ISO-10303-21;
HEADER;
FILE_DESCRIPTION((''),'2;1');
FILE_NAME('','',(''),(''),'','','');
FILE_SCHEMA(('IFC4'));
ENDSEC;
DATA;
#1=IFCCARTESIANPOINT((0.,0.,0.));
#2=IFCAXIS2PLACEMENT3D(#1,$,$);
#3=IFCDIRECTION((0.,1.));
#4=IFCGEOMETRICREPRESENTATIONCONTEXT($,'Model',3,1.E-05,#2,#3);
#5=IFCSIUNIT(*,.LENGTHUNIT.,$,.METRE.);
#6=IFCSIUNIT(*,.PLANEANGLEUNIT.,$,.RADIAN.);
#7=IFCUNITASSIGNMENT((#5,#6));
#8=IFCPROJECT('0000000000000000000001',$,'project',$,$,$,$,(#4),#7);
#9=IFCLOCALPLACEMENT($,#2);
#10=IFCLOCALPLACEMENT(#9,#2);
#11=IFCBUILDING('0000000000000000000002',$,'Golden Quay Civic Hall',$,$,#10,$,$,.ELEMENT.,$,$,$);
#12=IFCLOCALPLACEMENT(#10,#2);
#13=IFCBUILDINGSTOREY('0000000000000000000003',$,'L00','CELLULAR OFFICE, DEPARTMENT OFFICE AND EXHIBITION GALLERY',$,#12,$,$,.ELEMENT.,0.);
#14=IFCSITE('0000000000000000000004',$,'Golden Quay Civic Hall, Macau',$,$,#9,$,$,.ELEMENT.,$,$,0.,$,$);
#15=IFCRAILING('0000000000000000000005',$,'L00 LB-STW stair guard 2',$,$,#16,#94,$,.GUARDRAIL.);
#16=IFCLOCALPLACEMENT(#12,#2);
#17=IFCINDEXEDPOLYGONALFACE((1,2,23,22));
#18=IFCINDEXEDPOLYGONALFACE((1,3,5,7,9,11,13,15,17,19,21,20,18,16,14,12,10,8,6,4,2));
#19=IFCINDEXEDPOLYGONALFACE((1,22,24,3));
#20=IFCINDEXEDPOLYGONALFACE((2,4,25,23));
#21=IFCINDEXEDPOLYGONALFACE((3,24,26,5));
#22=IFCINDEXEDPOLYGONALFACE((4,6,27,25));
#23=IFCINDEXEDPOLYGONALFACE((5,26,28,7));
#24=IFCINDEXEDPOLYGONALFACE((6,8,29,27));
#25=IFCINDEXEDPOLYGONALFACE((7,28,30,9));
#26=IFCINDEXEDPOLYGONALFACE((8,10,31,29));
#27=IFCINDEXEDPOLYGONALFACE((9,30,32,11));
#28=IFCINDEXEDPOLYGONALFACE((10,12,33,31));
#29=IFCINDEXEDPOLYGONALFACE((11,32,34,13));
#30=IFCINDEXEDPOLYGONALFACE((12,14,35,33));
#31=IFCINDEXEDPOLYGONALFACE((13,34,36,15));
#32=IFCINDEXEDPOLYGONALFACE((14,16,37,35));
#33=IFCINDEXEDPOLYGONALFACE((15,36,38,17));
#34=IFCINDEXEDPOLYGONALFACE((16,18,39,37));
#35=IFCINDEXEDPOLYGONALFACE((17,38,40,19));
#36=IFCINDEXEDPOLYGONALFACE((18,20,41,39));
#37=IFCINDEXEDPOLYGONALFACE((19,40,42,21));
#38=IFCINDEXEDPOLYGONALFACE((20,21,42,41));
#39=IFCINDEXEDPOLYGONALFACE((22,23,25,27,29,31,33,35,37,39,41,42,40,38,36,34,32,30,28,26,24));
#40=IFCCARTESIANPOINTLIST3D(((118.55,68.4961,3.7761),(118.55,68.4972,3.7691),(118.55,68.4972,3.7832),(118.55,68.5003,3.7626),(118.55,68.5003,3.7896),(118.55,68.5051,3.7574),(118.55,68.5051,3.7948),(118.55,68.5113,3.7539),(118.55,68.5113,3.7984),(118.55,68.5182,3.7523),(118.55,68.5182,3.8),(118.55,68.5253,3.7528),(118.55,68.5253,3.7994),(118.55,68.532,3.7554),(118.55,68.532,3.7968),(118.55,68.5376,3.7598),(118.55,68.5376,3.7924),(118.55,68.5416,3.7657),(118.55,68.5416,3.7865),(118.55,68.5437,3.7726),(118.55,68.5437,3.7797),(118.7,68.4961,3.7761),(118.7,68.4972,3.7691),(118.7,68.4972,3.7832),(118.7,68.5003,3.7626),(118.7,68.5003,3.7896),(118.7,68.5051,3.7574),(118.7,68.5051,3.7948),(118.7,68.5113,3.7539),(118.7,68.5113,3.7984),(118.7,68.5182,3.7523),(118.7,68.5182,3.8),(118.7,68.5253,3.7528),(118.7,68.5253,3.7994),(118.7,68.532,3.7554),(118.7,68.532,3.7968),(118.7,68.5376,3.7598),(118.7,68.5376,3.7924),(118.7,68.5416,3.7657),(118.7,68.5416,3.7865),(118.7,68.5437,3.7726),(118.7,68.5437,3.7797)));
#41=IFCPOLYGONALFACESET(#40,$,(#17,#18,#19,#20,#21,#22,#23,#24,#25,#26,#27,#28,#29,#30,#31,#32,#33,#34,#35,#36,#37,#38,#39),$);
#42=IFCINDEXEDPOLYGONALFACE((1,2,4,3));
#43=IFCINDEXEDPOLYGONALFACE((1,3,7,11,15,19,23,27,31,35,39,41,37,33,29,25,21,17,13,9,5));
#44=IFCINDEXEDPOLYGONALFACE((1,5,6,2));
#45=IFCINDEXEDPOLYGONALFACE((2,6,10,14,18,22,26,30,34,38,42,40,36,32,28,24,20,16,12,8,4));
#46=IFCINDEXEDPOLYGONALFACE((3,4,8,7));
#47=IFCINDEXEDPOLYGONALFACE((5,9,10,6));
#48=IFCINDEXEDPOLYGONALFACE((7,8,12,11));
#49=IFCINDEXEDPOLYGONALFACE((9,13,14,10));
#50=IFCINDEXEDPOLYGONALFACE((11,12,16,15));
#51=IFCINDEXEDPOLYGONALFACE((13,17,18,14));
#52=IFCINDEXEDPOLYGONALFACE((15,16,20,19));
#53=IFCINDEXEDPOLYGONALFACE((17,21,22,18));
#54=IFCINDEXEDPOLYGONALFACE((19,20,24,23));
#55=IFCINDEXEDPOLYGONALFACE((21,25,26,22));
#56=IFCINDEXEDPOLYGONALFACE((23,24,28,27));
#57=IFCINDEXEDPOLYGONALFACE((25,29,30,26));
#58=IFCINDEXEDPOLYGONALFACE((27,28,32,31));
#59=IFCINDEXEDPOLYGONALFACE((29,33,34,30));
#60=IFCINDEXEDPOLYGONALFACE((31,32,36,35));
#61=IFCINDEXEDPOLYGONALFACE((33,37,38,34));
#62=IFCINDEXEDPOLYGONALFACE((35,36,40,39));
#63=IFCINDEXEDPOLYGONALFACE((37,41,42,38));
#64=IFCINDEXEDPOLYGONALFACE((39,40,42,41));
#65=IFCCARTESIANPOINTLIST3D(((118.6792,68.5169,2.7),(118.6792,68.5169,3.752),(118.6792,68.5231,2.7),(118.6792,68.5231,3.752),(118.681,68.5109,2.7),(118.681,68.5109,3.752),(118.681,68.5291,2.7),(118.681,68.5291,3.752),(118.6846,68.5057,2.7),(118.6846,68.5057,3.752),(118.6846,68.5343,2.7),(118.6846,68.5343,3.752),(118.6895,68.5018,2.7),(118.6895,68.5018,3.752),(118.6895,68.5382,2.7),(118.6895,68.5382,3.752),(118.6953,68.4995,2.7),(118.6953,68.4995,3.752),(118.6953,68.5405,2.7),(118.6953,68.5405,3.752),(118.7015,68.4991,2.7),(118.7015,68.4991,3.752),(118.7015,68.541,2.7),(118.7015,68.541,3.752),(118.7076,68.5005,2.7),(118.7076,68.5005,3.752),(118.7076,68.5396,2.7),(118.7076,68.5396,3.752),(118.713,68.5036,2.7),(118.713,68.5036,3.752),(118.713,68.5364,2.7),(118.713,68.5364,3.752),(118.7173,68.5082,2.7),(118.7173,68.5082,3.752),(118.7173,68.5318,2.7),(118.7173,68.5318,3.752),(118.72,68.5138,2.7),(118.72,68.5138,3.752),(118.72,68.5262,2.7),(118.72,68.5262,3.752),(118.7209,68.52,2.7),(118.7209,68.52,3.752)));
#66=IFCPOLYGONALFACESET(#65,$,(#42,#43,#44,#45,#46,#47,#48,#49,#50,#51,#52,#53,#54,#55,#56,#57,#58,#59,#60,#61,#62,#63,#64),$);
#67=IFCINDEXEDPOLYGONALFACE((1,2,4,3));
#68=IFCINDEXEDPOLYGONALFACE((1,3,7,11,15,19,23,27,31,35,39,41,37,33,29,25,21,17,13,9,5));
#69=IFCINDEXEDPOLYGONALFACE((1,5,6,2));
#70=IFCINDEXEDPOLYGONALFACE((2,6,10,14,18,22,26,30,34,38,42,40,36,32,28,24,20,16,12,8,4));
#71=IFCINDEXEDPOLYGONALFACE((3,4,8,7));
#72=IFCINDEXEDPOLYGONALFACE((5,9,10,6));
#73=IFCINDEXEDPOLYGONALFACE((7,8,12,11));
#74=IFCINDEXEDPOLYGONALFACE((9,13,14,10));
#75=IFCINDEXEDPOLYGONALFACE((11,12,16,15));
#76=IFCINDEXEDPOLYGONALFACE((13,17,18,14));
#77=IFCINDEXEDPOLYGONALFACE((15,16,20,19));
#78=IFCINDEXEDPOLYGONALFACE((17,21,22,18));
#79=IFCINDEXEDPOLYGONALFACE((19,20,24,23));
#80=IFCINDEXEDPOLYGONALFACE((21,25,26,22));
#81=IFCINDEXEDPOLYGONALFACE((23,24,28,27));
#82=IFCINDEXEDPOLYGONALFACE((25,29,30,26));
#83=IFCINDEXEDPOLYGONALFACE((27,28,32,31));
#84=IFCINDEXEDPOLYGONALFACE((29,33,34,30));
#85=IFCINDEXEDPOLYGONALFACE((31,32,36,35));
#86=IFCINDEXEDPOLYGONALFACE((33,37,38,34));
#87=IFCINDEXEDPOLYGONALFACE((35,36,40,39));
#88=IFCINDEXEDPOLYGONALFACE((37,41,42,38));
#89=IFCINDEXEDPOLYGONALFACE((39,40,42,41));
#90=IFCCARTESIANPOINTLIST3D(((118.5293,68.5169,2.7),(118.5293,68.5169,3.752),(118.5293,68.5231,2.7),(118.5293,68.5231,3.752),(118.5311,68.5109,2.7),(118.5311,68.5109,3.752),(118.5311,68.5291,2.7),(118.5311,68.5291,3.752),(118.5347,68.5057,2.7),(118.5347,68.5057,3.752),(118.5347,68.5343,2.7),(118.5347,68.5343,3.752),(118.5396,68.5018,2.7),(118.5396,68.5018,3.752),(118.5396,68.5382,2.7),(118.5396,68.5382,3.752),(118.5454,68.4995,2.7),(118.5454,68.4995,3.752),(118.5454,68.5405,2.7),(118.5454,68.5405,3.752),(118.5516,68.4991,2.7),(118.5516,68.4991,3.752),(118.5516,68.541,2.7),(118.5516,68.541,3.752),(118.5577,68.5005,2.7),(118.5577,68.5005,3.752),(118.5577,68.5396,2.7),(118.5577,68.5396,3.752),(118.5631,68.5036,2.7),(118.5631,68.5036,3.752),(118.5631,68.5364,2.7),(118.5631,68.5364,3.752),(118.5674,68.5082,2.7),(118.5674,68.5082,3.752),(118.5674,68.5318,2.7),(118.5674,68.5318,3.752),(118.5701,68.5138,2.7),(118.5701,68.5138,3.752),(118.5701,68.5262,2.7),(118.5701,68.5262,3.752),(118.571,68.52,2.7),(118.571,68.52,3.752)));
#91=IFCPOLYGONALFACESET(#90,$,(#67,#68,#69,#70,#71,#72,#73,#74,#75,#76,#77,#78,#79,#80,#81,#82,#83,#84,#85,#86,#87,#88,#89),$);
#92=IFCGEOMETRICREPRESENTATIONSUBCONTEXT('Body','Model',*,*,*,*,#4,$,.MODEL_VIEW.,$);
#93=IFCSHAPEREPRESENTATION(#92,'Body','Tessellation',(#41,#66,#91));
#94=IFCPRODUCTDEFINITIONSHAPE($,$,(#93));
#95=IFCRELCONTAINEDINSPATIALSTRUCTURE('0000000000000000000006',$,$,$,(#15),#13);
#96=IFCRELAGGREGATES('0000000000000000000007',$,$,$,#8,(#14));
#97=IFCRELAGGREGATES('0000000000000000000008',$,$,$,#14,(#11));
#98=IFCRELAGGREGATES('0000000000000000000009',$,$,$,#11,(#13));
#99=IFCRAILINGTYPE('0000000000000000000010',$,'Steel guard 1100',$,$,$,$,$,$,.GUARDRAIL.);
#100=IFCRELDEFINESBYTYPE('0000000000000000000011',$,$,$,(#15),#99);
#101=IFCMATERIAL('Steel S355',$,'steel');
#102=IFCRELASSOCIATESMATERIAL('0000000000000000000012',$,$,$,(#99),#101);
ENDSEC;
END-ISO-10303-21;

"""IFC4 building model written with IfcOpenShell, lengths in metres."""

from ifc_helpers import new_model, si_unit, direction, frame, origin, origin_2d, place, context, subcontext, project, spatial, circle, extrude, material, type_object, element, save


model = new_model("IFC4")

# Units and contexts
model_context = context("Model", 3, precision=1e-05, world=origin(), true_north=direction((0.0, 1.0)))
body_context = subcontext(model_context, "Body", "Model", "MODEL_VIEW")
ifc_project = project(units=[si_unit("LENGTHUNIT", "METRE"), si_unit("PLANEANGLEUNIT", "RADIAN")], contexts=[model_context])

# Site, building, storey
site_placement = place(None, origin())
site = spatial("IfcSite", under=ifc_project, at=site_placement, Name="Golden Quay Civic Hall, Macau", CompositionType="ELEMENT", RefElevation=0.0)
building_placement = place(site_placement, origin())
building = spatial("IfcBuilding", under=site, at=building_placement, Name="Golden Quay Civic Hall", CompositionType="ELEMENT")
storey_placement = place(building_placement, origin())
storey = spatial("IfcBuildingStorey", under=building, at=storey_placement, Name="L00", Description="CELLULAR OFFICE, DEPARTMENT OFFICE AND EXHIBITION GALLERY", CompositionType="ELEMENT", Elevation=0.0)

# Railing
ifc_material_1 = material(Name="Steel S355", Category="steel")
railing_type_1 = type_object("IfcRailingType", Name="Steel guard 1100", PredefinedType="GUARDRAIL", material=ifc_material_1)
railing_1_placement = place(storey_placement, frame((118.7, 68.52, 2.7)))
element("IfcRailing", 1, at=railing_1_placement, inside=storey, type_object=railing_type_1, Name="L00 LB-STW stair guard 2", PredefinedType="GUARDRAIL", context=body_context, shape_type="SweptSolid", body=[
    extrude(circle(Radius=0.0239, at=origin_2d()), frame((0.0, 0.0, 1.0762), z_axis=(-1.0, 0.0, 0.0), x_axis=(0.0, -1.0, 0.0)), (0.0, 0.0, 1.0), 0.1499),
    extrude(circle(Radius=0.021, at=origin_2d()), origin(), (0.0, 0.0, 1.0), 1.052),
    extrude(circle(Radius=0.021, at=origin_2d()), frame((-0.1499, 0.0, 0.0)), (0.0, 0.0, 1.0), 1.052),
])

save(model, "model.ifc")
